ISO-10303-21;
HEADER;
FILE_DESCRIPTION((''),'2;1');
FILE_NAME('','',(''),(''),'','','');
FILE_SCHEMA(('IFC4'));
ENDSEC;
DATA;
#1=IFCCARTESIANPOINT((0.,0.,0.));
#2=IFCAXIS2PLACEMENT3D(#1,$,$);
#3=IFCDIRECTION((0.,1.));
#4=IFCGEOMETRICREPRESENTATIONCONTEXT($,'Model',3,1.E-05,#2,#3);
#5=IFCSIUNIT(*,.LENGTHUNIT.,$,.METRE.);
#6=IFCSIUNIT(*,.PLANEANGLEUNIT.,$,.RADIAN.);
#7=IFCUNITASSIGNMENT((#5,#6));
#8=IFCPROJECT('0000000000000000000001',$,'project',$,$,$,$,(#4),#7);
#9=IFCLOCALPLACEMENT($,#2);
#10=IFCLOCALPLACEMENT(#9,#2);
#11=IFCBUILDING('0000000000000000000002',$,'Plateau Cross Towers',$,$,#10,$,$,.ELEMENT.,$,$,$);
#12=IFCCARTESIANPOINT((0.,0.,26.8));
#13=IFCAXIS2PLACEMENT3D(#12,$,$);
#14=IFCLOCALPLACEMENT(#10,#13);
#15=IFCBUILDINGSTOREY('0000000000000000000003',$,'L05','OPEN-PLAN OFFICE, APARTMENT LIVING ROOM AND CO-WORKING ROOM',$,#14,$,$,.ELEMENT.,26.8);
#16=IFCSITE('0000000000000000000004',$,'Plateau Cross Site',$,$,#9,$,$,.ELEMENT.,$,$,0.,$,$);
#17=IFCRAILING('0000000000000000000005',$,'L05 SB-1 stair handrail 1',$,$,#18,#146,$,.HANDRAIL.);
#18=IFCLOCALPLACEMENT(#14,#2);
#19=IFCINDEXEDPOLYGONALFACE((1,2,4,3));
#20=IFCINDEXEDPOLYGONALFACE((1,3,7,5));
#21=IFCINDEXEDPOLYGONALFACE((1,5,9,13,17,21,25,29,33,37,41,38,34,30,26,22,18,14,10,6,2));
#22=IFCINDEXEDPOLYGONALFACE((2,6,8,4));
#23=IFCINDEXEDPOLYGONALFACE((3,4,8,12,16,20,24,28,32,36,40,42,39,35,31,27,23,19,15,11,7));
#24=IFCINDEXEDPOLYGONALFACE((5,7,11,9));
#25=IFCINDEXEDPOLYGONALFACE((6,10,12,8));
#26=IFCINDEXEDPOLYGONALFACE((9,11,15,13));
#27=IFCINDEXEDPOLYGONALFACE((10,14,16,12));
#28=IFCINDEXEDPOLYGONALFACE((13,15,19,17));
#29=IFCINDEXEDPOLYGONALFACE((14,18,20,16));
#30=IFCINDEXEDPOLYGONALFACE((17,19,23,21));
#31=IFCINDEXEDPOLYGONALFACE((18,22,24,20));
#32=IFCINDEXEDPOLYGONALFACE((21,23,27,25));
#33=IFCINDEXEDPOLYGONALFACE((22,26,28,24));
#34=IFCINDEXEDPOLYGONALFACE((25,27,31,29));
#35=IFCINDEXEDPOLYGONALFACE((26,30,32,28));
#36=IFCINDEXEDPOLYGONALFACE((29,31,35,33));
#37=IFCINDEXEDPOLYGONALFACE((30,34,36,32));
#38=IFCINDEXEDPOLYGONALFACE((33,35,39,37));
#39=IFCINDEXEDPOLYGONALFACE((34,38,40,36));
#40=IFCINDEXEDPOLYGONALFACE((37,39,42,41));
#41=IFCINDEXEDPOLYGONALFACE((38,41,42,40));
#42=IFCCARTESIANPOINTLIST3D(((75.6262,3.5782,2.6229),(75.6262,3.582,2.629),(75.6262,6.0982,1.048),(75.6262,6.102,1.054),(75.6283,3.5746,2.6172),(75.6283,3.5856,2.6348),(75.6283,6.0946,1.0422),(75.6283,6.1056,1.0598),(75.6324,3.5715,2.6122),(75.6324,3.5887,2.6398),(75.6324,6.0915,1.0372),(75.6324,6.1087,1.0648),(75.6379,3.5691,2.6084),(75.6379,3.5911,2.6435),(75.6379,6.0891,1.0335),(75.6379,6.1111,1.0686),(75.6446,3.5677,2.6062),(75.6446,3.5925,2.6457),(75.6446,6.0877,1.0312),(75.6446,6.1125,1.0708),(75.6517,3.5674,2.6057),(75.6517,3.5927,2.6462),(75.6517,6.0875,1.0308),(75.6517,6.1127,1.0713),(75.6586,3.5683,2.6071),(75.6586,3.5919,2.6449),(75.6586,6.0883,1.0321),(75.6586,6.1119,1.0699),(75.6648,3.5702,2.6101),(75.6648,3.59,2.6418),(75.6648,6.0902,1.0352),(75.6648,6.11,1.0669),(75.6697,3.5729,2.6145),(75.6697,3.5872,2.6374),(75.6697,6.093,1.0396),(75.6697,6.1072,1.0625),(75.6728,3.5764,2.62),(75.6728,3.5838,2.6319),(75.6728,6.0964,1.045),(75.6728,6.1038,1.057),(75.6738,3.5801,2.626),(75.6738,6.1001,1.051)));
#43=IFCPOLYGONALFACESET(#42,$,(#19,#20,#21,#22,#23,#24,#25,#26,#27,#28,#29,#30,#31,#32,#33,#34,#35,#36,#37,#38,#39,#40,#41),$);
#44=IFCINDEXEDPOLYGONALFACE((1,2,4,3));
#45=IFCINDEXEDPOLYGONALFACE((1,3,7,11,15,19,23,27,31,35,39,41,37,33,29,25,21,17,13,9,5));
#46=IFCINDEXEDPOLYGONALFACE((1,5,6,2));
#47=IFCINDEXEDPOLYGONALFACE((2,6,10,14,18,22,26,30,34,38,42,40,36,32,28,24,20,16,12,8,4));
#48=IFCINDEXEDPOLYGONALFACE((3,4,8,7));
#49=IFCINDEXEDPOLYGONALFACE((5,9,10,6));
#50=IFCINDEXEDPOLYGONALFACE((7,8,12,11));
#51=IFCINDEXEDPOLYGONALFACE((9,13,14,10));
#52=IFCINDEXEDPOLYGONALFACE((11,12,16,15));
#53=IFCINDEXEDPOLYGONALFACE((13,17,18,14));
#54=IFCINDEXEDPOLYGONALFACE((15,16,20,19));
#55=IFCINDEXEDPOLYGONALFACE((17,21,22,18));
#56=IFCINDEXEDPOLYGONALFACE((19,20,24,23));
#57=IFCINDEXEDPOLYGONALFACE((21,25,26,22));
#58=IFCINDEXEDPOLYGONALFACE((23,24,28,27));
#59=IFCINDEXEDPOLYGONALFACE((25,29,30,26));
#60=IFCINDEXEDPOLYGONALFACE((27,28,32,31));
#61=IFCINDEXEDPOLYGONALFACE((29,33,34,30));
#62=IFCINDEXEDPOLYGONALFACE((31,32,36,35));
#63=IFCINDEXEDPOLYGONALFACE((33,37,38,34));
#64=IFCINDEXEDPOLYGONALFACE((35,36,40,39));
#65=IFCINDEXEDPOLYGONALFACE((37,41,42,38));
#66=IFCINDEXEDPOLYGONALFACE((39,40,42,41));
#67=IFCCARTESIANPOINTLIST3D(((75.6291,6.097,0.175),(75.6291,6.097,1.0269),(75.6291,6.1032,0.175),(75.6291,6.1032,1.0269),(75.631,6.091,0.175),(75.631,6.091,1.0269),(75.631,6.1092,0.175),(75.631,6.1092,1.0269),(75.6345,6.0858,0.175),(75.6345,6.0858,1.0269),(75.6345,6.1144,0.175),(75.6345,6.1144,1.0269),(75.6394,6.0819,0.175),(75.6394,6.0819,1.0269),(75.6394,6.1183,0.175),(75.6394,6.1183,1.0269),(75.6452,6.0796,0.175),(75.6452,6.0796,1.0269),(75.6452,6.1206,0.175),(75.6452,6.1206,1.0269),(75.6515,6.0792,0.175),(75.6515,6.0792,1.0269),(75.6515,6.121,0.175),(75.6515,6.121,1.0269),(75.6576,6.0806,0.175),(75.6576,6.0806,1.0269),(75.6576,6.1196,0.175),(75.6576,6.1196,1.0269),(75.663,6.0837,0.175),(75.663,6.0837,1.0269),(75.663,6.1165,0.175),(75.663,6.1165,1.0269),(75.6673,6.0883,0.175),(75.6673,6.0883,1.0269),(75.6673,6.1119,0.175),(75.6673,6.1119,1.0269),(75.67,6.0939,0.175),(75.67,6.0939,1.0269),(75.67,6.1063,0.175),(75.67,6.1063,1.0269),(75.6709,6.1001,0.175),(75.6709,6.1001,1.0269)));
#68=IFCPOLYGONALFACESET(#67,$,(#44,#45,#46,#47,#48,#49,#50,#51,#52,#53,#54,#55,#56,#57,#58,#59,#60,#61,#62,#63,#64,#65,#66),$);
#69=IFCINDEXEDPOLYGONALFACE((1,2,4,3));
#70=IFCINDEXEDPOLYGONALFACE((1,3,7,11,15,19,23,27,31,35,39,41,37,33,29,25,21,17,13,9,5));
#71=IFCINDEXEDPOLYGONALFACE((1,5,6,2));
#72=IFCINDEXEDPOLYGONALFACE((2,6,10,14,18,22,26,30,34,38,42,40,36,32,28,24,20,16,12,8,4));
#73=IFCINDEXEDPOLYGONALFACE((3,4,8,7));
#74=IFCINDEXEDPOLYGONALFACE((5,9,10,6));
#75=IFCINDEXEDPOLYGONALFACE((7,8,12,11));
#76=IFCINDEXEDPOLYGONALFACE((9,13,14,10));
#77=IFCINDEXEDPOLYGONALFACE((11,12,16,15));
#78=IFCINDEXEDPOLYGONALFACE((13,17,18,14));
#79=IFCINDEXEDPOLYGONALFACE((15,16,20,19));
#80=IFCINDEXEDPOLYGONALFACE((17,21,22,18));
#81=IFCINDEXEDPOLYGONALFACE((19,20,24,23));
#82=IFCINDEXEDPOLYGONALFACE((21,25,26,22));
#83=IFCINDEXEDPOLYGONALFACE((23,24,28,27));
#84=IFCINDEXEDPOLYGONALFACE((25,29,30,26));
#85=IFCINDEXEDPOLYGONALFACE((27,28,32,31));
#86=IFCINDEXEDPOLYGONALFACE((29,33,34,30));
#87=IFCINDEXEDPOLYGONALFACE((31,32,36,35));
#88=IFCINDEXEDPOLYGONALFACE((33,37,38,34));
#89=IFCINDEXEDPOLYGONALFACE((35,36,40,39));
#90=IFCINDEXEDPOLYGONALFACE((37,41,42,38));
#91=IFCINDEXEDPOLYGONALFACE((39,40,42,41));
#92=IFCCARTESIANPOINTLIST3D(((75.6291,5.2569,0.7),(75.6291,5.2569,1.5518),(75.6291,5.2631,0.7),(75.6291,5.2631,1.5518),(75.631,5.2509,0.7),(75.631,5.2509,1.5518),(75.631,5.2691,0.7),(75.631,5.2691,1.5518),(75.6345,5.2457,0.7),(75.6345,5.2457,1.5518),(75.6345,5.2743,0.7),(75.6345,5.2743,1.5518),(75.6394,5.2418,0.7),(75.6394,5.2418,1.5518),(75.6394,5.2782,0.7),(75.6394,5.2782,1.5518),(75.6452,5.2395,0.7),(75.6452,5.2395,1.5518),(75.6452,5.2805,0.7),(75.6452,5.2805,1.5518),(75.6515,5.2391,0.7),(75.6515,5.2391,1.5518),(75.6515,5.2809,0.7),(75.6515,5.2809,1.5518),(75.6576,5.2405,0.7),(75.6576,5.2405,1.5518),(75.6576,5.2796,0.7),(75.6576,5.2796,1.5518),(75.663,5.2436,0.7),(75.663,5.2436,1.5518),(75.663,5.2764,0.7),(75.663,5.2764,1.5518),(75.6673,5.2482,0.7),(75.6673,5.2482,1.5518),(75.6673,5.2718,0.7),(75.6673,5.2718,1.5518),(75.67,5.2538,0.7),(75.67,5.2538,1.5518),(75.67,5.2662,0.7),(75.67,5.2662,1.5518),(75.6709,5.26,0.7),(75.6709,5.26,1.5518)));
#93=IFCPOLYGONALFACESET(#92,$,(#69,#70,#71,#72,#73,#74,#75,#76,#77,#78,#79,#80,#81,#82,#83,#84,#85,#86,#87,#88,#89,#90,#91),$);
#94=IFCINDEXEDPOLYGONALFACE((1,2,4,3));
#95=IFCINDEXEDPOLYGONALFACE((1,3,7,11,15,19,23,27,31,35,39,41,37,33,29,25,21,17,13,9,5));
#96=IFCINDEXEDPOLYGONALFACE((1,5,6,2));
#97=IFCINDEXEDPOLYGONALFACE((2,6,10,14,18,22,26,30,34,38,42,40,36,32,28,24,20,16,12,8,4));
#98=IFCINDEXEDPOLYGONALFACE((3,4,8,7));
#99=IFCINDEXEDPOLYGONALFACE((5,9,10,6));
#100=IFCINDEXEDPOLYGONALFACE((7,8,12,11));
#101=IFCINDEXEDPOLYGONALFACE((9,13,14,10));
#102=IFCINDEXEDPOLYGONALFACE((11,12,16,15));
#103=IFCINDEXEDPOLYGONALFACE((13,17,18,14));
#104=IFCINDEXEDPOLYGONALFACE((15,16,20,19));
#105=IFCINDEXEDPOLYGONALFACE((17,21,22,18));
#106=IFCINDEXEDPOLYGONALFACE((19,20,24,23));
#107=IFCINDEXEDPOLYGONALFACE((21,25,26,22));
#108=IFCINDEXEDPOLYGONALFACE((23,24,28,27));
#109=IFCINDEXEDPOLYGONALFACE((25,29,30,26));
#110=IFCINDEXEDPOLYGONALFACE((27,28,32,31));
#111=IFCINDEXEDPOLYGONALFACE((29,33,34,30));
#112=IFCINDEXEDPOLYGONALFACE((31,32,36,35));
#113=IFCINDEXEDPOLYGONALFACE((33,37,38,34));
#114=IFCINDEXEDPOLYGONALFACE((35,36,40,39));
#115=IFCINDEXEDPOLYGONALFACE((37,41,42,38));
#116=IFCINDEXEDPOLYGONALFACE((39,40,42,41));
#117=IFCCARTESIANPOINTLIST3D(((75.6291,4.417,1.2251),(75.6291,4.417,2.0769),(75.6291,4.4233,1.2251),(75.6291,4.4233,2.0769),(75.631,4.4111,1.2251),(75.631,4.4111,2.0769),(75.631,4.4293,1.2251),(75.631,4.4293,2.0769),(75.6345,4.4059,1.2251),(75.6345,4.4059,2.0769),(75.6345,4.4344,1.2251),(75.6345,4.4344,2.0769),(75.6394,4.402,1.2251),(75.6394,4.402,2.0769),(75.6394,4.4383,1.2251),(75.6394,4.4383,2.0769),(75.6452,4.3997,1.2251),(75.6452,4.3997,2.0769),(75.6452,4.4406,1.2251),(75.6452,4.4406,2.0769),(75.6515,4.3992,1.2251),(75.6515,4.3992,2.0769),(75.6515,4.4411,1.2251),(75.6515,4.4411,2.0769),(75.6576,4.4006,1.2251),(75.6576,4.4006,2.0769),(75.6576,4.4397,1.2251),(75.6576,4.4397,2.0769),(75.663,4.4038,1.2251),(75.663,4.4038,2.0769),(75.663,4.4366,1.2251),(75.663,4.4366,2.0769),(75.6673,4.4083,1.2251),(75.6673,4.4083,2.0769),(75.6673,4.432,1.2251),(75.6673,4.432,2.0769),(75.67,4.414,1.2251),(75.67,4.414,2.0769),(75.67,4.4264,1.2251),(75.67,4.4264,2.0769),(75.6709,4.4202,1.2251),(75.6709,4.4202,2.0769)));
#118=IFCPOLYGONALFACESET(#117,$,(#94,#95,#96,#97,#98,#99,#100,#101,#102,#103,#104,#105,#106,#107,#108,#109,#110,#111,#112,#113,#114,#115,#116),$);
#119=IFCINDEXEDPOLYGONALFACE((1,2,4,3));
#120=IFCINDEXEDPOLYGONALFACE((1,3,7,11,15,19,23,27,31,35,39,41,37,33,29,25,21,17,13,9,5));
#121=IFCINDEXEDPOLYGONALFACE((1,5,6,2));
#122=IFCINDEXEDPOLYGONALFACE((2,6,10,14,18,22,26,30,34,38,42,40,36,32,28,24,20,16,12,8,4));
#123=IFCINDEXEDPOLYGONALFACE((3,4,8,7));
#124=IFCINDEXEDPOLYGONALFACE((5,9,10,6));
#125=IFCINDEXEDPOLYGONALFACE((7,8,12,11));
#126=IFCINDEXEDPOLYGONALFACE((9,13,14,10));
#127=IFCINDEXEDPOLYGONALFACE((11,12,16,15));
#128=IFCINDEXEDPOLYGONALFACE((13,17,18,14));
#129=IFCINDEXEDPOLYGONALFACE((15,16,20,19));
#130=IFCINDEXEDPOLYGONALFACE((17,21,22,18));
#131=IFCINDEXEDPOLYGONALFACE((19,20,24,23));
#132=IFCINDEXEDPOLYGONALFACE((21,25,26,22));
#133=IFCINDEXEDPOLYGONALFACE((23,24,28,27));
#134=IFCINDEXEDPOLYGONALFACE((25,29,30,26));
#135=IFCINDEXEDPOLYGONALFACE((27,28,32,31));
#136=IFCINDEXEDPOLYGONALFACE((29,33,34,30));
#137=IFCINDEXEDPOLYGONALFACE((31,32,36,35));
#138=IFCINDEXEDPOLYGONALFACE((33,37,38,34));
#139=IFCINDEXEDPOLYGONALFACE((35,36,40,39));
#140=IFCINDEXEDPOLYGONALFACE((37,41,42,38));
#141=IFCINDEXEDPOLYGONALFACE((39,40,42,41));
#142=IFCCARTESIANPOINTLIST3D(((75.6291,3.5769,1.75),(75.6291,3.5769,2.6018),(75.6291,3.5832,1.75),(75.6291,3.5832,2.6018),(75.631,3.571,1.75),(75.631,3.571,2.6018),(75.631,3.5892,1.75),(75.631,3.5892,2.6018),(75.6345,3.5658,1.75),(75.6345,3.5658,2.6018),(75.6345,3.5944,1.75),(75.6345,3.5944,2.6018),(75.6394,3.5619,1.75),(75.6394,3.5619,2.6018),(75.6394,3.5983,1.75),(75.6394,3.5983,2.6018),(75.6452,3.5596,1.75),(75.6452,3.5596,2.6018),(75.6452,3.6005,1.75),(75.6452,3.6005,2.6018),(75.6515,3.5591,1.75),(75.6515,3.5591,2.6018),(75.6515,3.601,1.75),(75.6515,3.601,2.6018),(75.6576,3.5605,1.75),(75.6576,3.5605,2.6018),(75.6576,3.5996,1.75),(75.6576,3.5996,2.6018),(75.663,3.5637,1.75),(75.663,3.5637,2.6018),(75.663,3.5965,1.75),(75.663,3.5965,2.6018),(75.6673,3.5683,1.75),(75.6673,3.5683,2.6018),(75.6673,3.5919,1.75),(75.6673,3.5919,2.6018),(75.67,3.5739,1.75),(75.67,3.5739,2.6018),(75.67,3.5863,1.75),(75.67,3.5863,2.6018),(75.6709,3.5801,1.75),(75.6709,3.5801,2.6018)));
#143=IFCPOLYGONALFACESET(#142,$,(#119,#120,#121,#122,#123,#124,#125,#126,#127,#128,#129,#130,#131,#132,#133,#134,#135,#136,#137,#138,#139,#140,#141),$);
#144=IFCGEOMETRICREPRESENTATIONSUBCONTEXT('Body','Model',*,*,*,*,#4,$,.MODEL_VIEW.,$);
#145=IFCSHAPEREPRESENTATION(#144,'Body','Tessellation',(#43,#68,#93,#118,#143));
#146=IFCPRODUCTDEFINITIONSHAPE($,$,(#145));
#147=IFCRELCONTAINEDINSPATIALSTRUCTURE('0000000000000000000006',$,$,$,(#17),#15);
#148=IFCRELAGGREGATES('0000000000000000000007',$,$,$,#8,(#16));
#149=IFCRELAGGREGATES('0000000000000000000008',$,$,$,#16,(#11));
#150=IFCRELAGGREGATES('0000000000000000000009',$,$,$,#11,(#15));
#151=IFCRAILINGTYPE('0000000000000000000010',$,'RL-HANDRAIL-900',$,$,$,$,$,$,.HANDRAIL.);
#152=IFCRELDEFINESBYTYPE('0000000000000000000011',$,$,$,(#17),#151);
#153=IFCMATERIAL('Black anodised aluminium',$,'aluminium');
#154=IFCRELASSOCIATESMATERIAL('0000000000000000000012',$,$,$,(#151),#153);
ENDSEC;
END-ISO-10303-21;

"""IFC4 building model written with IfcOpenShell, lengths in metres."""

from ifc_helpers import new_model, si_unit, direction, frame, origin, origin_2d, place, context, subcontext, project, spatial, circle, extrude, material, type_object, element, save


model = new_model("IFC4")

# Units and contexts
model_context = context("Model", 3, precision=1e-05, world=origin(), true_north=direction((0.0, 1.0)))
body_context = subcontext(model_context, "Body", "Model", "MODEL_VIEW")
ifc_project = project(units=[si_unit("LENGTHUNIT", "METRE"), si_unit("PLANEANGLEUNIT", "RADIAN")], contexts=[model_context])

# Site, building, storey
site_placement = place(None, origin())
site = spatial("IfcSite", under=ifc_project, at=site_placement, Name="Plateau Cross Site", CompositionType="ELEMENT", RefElevation=0.0)
building_placement = place(site_placement, origin())
building = spatial("IfcBuilding", under=site, at=building_placement, Name="Plateau Cross Towers", CompositionType="ELEMENT")
storey_placement = place(building_placement, frame((0.0, 0.0, 26.8)))
storey = spatial("IfcBuildingStorey", under=building, at=storey_placement, Name="L05", Description="OPEN-PLAN OFFICE, APARTMENT LIVING ROOM AND CO-WORKING ROOM", CompositionType="ELEMENT", Elevation=26.8)

# Railing
ifc_material_1 = material(Name="Black anodised aluminium", Category="aluminium")
railing_type_1 = type_object("IfcRailingType", Name="RL-HANDRAIL-900", PredefinedType="HANDRAIL", material=ifc_material_1)
railing_1_placement = place(storey_placement, frame((75.6499, 6.1001, 0.175)))
element("IfcRailing", 1, at=railing_1_placement, inside=storey, type_object=railing_type_1, Name="L05 SB-1 stair handrail 1", PredefinedType="HANDRAIL", context=body_context, shape_type="SweptSolid", body=[
    extrude(circle(Radius=0.0239, at=origin_2d()), frame((0.0, 0.0, 0.876), z_axis=(0.0, -0.848008, 0.529984), x_axis=(1.0, 0.0, 0.0)), (0.0, 0.0, 1.0), 2.9717),
    extrude(circle(Radius=0.021, at=origin_2d()), origin(), (0.0, 0.0, 1.0), 0.8518),
    extrude(circle(Radius=0.021, at=origin_2d()), frame((0.0, -0.8401, 0.5249)), (0.0, 0.0, 1.0), 0.8518),
    extrude(circle(Radius=0.021, at=origin_2d()), frame((0.0, -1.6799, 1.05)), (0.0, 0.0, 1.0), 0.8518),
    extrude(circle(Radius=0.021, at=origin_2d()), frame((0.0, -2.52, 1.575)), (0.0, 0.0, 1.0), 0.8518),
])

save(model, "model.ifc")
